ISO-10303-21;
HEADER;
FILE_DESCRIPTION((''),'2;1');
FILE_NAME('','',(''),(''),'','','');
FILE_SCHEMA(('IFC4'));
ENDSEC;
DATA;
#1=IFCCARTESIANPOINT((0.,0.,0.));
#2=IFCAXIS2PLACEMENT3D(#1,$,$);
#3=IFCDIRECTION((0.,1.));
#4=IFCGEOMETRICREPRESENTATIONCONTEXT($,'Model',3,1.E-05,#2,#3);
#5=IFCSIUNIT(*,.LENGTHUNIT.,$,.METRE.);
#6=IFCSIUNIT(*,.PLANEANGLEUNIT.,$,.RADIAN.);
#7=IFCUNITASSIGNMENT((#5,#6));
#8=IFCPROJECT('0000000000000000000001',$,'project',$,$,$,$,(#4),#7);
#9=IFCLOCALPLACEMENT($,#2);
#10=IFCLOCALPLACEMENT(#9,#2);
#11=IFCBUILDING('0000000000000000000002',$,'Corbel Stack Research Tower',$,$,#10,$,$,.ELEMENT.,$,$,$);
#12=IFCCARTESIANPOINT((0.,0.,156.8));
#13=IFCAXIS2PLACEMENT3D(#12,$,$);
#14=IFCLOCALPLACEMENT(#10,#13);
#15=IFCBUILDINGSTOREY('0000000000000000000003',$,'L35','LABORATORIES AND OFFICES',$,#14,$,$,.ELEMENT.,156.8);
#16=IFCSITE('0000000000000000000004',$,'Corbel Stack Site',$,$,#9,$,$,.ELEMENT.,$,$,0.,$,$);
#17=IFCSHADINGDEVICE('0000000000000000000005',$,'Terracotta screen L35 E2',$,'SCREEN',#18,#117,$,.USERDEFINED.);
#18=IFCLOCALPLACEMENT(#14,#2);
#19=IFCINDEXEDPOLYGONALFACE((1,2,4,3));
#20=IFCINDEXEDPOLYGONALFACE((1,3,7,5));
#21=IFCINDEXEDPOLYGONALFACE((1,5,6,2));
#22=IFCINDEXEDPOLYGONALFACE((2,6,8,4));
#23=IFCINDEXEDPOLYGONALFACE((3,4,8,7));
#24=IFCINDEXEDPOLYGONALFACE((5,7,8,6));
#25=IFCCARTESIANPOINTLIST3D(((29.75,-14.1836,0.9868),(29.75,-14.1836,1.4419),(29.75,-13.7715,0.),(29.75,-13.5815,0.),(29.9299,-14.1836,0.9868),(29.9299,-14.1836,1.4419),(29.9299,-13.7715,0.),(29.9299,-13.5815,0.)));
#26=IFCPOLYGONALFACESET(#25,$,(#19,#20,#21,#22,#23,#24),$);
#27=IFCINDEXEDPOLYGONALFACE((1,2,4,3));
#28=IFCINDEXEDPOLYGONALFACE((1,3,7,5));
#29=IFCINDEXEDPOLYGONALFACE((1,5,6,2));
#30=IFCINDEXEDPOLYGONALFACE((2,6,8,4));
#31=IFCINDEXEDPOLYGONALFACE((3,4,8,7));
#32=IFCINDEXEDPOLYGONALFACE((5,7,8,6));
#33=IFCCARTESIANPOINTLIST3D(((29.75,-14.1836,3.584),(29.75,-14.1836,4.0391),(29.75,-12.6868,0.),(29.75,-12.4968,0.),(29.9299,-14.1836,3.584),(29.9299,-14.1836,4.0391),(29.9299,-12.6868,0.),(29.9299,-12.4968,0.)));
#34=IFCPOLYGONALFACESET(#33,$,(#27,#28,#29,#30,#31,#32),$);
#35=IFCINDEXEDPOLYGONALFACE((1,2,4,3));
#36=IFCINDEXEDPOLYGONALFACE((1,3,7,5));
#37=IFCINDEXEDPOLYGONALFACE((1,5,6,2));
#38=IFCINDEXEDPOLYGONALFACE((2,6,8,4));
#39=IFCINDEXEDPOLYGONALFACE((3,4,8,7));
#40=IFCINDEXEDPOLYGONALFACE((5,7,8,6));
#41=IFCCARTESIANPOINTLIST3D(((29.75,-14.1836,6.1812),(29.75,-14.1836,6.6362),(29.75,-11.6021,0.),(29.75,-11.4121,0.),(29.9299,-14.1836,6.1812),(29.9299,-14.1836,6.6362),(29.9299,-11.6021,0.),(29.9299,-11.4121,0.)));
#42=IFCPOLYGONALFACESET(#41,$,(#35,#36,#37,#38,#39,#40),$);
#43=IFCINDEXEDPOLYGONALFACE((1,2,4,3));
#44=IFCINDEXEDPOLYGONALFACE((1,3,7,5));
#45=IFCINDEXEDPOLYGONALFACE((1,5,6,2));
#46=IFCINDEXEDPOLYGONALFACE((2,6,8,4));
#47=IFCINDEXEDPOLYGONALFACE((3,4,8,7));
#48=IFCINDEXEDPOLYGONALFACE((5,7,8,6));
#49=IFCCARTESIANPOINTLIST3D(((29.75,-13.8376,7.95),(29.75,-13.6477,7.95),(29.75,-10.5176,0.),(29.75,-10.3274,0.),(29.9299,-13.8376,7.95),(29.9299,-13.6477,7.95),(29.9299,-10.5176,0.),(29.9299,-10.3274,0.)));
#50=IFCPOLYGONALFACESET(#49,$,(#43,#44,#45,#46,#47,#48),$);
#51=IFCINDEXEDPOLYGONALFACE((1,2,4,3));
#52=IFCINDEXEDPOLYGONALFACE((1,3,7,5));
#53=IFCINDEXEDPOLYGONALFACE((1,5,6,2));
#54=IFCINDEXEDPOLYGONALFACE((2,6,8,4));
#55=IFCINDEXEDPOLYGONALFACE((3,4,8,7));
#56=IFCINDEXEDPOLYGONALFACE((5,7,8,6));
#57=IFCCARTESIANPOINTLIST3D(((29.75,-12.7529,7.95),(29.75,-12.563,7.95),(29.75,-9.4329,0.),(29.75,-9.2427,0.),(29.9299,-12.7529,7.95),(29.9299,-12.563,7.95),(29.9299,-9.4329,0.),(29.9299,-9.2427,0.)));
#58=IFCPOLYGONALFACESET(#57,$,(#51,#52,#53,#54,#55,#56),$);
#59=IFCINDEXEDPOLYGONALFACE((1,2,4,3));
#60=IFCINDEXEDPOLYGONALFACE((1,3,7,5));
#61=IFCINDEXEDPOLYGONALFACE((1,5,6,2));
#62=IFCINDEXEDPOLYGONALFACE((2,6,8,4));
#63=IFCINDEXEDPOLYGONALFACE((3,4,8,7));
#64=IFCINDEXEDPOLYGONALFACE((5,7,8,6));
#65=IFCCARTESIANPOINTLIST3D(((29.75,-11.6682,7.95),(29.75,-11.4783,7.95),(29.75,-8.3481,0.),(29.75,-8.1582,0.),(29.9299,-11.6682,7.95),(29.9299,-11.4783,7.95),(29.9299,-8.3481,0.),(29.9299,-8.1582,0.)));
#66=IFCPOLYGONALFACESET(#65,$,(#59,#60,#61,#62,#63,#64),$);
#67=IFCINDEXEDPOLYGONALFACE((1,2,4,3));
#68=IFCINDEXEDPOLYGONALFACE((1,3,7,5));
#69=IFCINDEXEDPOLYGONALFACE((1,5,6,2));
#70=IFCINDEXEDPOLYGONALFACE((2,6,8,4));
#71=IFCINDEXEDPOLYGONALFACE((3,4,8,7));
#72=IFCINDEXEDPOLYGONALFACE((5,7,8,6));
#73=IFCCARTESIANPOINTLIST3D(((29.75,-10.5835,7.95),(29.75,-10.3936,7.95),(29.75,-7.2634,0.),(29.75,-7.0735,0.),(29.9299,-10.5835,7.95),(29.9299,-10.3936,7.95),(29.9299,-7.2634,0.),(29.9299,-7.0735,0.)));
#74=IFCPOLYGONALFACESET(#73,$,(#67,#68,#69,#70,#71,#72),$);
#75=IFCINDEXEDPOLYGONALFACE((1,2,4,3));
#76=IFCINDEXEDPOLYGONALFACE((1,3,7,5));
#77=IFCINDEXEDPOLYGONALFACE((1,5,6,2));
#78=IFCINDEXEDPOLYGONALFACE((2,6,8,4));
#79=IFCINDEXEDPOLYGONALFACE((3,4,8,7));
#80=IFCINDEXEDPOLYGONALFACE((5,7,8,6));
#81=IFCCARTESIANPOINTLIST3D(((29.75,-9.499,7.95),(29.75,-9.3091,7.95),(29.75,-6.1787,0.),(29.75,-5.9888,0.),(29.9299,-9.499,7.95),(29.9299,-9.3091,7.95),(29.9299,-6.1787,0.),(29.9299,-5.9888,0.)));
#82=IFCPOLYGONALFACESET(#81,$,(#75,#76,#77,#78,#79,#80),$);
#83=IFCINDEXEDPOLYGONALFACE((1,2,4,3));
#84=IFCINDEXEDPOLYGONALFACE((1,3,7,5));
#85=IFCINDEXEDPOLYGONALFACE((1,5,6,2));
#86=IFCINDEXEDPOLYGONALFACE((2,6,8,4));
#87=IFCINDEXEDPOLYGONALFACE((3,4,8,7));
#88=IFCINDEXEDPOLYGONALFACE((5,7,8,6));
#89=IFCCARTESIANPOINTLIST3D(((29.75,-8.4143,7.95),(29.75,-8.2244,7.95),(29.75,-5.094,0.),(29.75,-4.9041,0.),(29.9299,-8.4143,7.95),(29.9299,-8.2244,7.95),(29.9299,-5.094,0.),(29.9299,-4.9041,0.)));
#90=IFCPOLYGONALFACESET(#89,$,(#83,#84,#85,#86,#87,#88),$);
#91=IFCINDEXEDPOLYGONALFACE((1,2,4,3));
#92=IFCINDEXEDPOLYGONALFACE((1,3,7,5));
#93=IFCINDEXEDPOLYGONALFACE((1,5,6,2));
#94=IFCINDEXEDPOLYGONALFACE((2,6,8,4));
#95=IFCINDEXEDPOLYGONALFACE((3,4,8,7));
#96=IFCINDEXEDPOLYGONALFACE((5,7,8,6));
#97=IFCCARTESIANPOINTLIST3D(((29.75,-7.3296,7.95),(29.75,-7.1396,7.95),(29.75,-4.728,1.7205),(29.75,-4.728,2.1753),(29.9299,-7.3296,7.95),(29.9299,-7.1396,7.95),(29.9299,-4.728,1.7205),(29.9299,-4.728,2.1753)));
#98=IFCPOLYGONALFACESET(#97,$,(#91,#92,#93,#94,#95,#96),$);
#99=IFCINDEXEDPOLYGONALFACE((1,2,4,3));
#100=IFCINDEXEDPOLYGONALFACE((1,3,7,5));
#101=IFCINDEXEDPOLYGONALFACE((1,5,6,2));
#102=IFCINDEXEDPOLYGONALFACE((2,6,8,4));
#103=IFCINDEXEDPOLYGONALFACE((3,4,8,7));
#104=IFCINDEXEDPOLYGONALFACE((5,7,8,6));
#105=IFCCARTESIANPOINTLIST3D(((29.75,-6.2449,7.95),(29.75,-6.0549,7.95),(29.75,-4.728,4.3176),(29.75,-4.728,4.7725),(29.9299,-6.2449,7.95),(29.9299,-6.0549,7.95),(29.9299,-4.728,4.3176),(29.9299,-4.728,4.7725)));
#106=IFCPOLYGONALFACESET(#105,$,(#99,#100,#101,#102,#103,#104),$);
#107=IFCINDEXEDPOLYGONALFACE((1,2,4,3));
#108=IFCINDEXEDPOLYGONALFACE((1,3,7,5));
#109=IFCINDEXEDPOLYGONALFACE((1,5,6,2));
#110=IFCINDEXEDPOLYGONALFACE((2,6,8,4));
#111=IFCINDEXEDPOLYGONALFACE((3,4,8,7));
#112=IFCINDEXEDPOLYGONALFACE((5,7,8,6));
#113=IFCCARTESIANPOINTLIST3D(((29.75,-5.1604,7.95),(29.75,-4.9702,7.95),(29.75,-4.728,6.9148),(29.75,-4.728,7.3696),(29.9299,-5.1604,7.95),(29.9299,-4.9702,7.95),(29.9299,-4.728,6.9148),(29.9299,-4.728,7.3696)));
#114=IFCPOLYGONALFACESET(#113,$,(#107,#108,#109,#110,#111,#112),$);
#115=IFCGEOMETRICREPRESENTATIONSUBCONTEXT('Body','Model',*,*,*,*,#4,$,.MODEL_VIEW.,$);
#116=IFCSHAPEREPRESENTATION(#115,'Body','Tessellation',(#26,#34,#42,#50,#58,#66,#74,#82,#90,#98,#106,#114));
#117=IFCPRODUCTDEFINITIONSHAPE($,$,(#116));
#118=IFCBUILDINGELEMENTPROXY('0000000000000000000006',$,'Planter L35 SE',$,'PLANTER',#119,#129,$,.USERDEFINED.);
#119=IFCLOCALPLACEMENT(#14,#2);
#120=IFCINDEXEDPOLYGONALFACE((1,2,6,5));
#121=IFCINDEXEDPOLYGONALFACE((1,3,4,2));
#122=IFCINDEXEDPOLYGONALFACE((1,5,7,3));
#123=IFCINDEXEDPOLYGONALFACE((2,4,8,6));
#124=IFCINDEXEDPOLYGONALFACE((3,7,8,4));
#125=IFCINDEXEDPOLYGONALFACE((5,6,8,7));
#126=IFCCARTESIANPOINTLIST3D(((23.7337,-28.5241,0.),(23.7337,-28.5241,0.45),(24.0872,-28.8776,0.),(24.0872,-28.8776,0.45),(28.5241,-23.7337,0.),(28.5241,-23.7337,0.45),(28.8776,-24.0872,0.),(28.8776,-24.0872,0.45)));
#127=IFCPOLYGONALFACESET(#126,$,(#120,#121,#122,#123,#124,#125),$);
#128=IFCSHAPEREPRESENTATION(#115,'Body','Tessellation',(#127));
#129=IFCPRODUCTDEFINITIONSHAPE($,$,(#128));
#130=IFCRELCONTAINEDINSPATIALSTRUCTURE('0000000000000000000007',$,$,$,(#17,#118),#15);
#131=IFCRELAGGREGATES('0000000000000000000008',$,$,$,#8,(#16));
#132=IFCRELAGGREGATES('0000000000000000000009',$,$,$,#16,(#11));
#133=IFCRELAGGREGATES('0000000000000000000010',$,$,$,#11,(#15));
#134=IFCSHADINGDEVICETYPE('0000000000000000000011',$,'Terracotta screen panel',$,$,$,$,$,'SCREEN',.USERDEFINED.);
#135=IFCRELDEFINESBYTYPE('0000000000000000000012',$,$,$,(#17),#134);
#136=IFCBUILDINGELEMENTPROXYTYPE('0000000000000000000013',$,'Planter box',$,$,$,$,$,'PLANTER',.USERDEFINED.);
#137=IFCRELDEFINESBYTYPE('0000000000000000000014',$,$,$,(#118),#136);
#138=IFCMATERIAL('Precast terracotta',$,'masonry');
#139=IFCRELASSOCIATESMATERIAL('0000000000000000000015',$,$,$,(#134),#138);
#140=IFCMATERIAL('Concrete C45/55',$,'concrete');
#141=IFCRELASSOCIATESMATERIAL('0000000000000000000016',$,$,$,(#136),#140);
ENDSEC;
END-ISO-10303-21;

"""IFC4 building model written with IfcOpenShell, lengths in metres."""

from ifc_helpers import new_model, si_unit, direction, frame, origin, origin_2d, place, context, subcontext, project, spatial, polyline, rectangle, outline, extrude, source, transform, mapped, material, type_object, element, save


model = new_model("IFC4")

# Units and contexts
model_context = context("Model", 3, precision=1e-05, world=origin(), true_north=direction((0.0, 1.0)))
body_context = subcontext(model_context, "Body", "Model", "MODEL_VIEW")
ifc_project = project(units=[si_unit("LENGTHUNIT", "METRE"), si_unit("PLANEANGLEUNIT", "RADIAN")], contexts=[model_context])

# Site, building, storey
site_placement = place(None, origin())
site = spatial("IfcSite", under=ifc_project, at=site_placement, Name="Corbel Stack Site", CompositionType="ELEMENT", RefElevation=0.0)
building_placement = place(site_placement, origin())
building = spatial("IfcBuilding", under=site, at=building_placement, Name="Corbel Stack Research Tower", CompositionType="ELEMENT")
storey_placement = place(building_placement, frame((0.0, 0.0, 156.8)))
storey = spatial("IfcBuildingStorey", under=building, at=storey_placement, Name="L35", Description="LABORATORIES AND OFFICES", CompositionType="ELEMENT", Elevation=156.8)

# Shading device
ifc_material_1 = material(Name="Precast terracotta", Category="masonry")
shading_device_type = type_object("IfcShadingDeviceType", Name="Terracotta screen panel", ElementType="SCREEN", PredefinedType="USERDEFINED", material=ifc_material_1)
shared_shape_1 = source(origin(), body_context, "Body", "SweptSolid", [
    extrude(outline(polyline([(0.6021, 0.0), (0.0, 1.4419), (0.0, 0.9868), (0.4121, 0.0), (0.6021, 0.0)])), frame((0.0, 0.0, 0.0), z_axis=(0.0, -1.0, 0.0), x_axis=(1.0, 0.0, 0.0)), (0.0, 0.0, 1.0), 0.1799),
    extrude(outline(polyline([(1.6868, 0.0), (0.0, 4.0391), (0.0, 3.584), (1.4968, 0.0), (1.6868, 0.0)])), frame((0.0, 0.0, 0.0), z_axis=(0.0, -1.0, 0.0), x_axis=(1.0, 0.0, 0.0)), (0.0, 0.0, 1.0), 0.1799),
    extrude(outline(polyline([(2.7715, 0.0), (0.0, 6.6362), (0.0, 6.1812), (2.5815, 0.0), (2.7715, 0.0)])), frame((0.0, 0.0, 0.0), z_axis=(0.0, -1.0, 0.0), x_axis=(1.0, 0.0, 0.0)), (0.0, 0.0, 1.0), 0.1799),
    extrude(outline(polyline([(3.8562, 0.0), (0.5359, 7.95), (0.3459, 7.95), (3.666, 0.0), (3.8562, 0.0)])), frame((0.0, 0.0, 0.0), z_axis=(0.0, -1.0, 0.0), x_axis=(1.0, 0.0, 0.0)), (0.0, 0.0, 1.0), 0.1799),
    extrude(outline(polyline([(4.9409, 0.0), (1.6206, 7.95), (1.4307, 7.95), (4.7507, 0.0), (4.9409, 0.0)])), frame((0.0, 0.0, 0.0), z_axis=(0.0, -1.0, 0.0), x_axis=(1.0, 0.0, 0.0)), (0.0, 0.0, 1.0), 0.1799),
    extrude(outline(polyline([(6.0254, 0.0), (2.7053, 7.95), (2.5154, 7.95), (5.8354, 0.0), (6.0254, 0.0)])), frame((0.0, 0.0, 0.0), z_axis=(0.0, -1.0, 0.0), x_axis=(1.0, 0.0, 0.0)), (0.0, 0.0, 1.0), 0.1799),
    extrude(outline(polyline([(7.1101, 0.0), (3.79, 7.95), (3.6001, 7.95), (6.9202, 0.0), (7.1101, 0.0)])), frame((0.0, 0.0, 0.0), z_axis=(0.0, -1.0, 0.0), x_axis=(1.0, 0.0, 0.0)), (0.0, 0.0, 1.0), 0.1799),
    extrude(outline(polyline([(8.1948, 0.0), (4.8745, 7.95), (4.6846, 7.95), (8.0049, 0.0), (8.1948, 0.0)])), frame((0.0, 0.0, 0.0), z_axis=(0.0, -1.0, 0.0), x_axis=(1.0, 0.0, 0.0)), (0.0, 0.0, 1.0), 0.1799),
    extrude(outline(polyline([(9.2795, 0.0), (5.9592, 7.95), (5.7693, 7.95), (9.0896, 0.0), (9.2795, 0.0)])), frame((0.0, 0.0, 0.0), z_axis=(0.0, -1.0, 0.0), x_axis=(1.0, 0.0, 0.0)), (0.0, 0.0, 1.0), 0.1799),
    extrude(outline(polyline([(7.0439, 7.95), (6.854, 7.95), (9.4556, 1.7205), (9.4556, 2.1753), (7.0439, 7.95)])), frame((0.0, 0.0, 0.0), z_axis=(0.0, -1.0, 0.0), x_axis=(1.0, 0.0, 0.0)), (0.0, 0.0, 1.0), 0.1799),
    extrude(outline(polyline([(8.1287, 7.95), (7.9387, 7.95), (9.4556, 4.3176), (9.4556, 4.7725), (8.1287, 7.95)])), frame((0.0, 0.0, 0.0), z_axis=(0.0, -1.0, 0.0), x_axis=(1.0, 0.0, 0.0)), (0.0, 0.0, 1.0), 0.1799),
    extrude(outline(polyline([(9.2134, 7.95), (9.0232, 7.95), (9.4556, 6.9148), (9.4556, 7.3696), (9.2134, 7.95)])), frame((0.0, 0.0, 0.0), z_axis=(0.0, -1.0, 0.0), x_axis=(1.0, 0.0, 0.0)), (0.0, 0.0, 1.0), 0.1799),
])
shading_device_1_placement = place(storey_placement, frame((29.75, -14.1836, 0.0), z_axis=(0.0, 0.0, 1.0), x_axis=(0.0, 1.0, 0.0)))
element("IfcShadingDevice", 1, at=shading_device_1_placement, inside=storey, type_object=shading_device_type, Name="Terracotta screen L35 E2", ObjectType="SCREEN", PredefinedType="USERDEFINED", context=body_context, shape_type="MappedRepresentation", body=[
    mapped(shared_shape_1, transform((0.0, 0.0, 0.0))),
])

# Building element proxy
ifc_material_2 = material(Name="Concrete C45/55", Category="concrete")
building_element_proxy_type = type_object("IfcBuildingElementProxyType", Name="Planter box", ElementType="PLANTER", PredefinedType="USERDEFINED", material=ifc_material_2)
proxy_placement = place(storey_placement, frame((26.3057, -26.3057, 0.0), z_axis=(0.0, 0.0, 1.0), x_axis=(0.707107, 0.707107, 0.0)))
element("IfcBuildingElementProxy", 2, at=proxy_placement, inside=storey, type_object=building_element_proxy_type, Name="Planter L35 SE", ObjectType="PLANTER", PredefinedType="USERDEFINED", context=body_context, shape_type="SweptSolid", body=[
    extrude(rectangle(XDim=6.7747, YDim=0.5, at=origin_2d()), origin(), (0.0, 0.0, 1.0), 0.45),
])

save(model, "model.ifc")
